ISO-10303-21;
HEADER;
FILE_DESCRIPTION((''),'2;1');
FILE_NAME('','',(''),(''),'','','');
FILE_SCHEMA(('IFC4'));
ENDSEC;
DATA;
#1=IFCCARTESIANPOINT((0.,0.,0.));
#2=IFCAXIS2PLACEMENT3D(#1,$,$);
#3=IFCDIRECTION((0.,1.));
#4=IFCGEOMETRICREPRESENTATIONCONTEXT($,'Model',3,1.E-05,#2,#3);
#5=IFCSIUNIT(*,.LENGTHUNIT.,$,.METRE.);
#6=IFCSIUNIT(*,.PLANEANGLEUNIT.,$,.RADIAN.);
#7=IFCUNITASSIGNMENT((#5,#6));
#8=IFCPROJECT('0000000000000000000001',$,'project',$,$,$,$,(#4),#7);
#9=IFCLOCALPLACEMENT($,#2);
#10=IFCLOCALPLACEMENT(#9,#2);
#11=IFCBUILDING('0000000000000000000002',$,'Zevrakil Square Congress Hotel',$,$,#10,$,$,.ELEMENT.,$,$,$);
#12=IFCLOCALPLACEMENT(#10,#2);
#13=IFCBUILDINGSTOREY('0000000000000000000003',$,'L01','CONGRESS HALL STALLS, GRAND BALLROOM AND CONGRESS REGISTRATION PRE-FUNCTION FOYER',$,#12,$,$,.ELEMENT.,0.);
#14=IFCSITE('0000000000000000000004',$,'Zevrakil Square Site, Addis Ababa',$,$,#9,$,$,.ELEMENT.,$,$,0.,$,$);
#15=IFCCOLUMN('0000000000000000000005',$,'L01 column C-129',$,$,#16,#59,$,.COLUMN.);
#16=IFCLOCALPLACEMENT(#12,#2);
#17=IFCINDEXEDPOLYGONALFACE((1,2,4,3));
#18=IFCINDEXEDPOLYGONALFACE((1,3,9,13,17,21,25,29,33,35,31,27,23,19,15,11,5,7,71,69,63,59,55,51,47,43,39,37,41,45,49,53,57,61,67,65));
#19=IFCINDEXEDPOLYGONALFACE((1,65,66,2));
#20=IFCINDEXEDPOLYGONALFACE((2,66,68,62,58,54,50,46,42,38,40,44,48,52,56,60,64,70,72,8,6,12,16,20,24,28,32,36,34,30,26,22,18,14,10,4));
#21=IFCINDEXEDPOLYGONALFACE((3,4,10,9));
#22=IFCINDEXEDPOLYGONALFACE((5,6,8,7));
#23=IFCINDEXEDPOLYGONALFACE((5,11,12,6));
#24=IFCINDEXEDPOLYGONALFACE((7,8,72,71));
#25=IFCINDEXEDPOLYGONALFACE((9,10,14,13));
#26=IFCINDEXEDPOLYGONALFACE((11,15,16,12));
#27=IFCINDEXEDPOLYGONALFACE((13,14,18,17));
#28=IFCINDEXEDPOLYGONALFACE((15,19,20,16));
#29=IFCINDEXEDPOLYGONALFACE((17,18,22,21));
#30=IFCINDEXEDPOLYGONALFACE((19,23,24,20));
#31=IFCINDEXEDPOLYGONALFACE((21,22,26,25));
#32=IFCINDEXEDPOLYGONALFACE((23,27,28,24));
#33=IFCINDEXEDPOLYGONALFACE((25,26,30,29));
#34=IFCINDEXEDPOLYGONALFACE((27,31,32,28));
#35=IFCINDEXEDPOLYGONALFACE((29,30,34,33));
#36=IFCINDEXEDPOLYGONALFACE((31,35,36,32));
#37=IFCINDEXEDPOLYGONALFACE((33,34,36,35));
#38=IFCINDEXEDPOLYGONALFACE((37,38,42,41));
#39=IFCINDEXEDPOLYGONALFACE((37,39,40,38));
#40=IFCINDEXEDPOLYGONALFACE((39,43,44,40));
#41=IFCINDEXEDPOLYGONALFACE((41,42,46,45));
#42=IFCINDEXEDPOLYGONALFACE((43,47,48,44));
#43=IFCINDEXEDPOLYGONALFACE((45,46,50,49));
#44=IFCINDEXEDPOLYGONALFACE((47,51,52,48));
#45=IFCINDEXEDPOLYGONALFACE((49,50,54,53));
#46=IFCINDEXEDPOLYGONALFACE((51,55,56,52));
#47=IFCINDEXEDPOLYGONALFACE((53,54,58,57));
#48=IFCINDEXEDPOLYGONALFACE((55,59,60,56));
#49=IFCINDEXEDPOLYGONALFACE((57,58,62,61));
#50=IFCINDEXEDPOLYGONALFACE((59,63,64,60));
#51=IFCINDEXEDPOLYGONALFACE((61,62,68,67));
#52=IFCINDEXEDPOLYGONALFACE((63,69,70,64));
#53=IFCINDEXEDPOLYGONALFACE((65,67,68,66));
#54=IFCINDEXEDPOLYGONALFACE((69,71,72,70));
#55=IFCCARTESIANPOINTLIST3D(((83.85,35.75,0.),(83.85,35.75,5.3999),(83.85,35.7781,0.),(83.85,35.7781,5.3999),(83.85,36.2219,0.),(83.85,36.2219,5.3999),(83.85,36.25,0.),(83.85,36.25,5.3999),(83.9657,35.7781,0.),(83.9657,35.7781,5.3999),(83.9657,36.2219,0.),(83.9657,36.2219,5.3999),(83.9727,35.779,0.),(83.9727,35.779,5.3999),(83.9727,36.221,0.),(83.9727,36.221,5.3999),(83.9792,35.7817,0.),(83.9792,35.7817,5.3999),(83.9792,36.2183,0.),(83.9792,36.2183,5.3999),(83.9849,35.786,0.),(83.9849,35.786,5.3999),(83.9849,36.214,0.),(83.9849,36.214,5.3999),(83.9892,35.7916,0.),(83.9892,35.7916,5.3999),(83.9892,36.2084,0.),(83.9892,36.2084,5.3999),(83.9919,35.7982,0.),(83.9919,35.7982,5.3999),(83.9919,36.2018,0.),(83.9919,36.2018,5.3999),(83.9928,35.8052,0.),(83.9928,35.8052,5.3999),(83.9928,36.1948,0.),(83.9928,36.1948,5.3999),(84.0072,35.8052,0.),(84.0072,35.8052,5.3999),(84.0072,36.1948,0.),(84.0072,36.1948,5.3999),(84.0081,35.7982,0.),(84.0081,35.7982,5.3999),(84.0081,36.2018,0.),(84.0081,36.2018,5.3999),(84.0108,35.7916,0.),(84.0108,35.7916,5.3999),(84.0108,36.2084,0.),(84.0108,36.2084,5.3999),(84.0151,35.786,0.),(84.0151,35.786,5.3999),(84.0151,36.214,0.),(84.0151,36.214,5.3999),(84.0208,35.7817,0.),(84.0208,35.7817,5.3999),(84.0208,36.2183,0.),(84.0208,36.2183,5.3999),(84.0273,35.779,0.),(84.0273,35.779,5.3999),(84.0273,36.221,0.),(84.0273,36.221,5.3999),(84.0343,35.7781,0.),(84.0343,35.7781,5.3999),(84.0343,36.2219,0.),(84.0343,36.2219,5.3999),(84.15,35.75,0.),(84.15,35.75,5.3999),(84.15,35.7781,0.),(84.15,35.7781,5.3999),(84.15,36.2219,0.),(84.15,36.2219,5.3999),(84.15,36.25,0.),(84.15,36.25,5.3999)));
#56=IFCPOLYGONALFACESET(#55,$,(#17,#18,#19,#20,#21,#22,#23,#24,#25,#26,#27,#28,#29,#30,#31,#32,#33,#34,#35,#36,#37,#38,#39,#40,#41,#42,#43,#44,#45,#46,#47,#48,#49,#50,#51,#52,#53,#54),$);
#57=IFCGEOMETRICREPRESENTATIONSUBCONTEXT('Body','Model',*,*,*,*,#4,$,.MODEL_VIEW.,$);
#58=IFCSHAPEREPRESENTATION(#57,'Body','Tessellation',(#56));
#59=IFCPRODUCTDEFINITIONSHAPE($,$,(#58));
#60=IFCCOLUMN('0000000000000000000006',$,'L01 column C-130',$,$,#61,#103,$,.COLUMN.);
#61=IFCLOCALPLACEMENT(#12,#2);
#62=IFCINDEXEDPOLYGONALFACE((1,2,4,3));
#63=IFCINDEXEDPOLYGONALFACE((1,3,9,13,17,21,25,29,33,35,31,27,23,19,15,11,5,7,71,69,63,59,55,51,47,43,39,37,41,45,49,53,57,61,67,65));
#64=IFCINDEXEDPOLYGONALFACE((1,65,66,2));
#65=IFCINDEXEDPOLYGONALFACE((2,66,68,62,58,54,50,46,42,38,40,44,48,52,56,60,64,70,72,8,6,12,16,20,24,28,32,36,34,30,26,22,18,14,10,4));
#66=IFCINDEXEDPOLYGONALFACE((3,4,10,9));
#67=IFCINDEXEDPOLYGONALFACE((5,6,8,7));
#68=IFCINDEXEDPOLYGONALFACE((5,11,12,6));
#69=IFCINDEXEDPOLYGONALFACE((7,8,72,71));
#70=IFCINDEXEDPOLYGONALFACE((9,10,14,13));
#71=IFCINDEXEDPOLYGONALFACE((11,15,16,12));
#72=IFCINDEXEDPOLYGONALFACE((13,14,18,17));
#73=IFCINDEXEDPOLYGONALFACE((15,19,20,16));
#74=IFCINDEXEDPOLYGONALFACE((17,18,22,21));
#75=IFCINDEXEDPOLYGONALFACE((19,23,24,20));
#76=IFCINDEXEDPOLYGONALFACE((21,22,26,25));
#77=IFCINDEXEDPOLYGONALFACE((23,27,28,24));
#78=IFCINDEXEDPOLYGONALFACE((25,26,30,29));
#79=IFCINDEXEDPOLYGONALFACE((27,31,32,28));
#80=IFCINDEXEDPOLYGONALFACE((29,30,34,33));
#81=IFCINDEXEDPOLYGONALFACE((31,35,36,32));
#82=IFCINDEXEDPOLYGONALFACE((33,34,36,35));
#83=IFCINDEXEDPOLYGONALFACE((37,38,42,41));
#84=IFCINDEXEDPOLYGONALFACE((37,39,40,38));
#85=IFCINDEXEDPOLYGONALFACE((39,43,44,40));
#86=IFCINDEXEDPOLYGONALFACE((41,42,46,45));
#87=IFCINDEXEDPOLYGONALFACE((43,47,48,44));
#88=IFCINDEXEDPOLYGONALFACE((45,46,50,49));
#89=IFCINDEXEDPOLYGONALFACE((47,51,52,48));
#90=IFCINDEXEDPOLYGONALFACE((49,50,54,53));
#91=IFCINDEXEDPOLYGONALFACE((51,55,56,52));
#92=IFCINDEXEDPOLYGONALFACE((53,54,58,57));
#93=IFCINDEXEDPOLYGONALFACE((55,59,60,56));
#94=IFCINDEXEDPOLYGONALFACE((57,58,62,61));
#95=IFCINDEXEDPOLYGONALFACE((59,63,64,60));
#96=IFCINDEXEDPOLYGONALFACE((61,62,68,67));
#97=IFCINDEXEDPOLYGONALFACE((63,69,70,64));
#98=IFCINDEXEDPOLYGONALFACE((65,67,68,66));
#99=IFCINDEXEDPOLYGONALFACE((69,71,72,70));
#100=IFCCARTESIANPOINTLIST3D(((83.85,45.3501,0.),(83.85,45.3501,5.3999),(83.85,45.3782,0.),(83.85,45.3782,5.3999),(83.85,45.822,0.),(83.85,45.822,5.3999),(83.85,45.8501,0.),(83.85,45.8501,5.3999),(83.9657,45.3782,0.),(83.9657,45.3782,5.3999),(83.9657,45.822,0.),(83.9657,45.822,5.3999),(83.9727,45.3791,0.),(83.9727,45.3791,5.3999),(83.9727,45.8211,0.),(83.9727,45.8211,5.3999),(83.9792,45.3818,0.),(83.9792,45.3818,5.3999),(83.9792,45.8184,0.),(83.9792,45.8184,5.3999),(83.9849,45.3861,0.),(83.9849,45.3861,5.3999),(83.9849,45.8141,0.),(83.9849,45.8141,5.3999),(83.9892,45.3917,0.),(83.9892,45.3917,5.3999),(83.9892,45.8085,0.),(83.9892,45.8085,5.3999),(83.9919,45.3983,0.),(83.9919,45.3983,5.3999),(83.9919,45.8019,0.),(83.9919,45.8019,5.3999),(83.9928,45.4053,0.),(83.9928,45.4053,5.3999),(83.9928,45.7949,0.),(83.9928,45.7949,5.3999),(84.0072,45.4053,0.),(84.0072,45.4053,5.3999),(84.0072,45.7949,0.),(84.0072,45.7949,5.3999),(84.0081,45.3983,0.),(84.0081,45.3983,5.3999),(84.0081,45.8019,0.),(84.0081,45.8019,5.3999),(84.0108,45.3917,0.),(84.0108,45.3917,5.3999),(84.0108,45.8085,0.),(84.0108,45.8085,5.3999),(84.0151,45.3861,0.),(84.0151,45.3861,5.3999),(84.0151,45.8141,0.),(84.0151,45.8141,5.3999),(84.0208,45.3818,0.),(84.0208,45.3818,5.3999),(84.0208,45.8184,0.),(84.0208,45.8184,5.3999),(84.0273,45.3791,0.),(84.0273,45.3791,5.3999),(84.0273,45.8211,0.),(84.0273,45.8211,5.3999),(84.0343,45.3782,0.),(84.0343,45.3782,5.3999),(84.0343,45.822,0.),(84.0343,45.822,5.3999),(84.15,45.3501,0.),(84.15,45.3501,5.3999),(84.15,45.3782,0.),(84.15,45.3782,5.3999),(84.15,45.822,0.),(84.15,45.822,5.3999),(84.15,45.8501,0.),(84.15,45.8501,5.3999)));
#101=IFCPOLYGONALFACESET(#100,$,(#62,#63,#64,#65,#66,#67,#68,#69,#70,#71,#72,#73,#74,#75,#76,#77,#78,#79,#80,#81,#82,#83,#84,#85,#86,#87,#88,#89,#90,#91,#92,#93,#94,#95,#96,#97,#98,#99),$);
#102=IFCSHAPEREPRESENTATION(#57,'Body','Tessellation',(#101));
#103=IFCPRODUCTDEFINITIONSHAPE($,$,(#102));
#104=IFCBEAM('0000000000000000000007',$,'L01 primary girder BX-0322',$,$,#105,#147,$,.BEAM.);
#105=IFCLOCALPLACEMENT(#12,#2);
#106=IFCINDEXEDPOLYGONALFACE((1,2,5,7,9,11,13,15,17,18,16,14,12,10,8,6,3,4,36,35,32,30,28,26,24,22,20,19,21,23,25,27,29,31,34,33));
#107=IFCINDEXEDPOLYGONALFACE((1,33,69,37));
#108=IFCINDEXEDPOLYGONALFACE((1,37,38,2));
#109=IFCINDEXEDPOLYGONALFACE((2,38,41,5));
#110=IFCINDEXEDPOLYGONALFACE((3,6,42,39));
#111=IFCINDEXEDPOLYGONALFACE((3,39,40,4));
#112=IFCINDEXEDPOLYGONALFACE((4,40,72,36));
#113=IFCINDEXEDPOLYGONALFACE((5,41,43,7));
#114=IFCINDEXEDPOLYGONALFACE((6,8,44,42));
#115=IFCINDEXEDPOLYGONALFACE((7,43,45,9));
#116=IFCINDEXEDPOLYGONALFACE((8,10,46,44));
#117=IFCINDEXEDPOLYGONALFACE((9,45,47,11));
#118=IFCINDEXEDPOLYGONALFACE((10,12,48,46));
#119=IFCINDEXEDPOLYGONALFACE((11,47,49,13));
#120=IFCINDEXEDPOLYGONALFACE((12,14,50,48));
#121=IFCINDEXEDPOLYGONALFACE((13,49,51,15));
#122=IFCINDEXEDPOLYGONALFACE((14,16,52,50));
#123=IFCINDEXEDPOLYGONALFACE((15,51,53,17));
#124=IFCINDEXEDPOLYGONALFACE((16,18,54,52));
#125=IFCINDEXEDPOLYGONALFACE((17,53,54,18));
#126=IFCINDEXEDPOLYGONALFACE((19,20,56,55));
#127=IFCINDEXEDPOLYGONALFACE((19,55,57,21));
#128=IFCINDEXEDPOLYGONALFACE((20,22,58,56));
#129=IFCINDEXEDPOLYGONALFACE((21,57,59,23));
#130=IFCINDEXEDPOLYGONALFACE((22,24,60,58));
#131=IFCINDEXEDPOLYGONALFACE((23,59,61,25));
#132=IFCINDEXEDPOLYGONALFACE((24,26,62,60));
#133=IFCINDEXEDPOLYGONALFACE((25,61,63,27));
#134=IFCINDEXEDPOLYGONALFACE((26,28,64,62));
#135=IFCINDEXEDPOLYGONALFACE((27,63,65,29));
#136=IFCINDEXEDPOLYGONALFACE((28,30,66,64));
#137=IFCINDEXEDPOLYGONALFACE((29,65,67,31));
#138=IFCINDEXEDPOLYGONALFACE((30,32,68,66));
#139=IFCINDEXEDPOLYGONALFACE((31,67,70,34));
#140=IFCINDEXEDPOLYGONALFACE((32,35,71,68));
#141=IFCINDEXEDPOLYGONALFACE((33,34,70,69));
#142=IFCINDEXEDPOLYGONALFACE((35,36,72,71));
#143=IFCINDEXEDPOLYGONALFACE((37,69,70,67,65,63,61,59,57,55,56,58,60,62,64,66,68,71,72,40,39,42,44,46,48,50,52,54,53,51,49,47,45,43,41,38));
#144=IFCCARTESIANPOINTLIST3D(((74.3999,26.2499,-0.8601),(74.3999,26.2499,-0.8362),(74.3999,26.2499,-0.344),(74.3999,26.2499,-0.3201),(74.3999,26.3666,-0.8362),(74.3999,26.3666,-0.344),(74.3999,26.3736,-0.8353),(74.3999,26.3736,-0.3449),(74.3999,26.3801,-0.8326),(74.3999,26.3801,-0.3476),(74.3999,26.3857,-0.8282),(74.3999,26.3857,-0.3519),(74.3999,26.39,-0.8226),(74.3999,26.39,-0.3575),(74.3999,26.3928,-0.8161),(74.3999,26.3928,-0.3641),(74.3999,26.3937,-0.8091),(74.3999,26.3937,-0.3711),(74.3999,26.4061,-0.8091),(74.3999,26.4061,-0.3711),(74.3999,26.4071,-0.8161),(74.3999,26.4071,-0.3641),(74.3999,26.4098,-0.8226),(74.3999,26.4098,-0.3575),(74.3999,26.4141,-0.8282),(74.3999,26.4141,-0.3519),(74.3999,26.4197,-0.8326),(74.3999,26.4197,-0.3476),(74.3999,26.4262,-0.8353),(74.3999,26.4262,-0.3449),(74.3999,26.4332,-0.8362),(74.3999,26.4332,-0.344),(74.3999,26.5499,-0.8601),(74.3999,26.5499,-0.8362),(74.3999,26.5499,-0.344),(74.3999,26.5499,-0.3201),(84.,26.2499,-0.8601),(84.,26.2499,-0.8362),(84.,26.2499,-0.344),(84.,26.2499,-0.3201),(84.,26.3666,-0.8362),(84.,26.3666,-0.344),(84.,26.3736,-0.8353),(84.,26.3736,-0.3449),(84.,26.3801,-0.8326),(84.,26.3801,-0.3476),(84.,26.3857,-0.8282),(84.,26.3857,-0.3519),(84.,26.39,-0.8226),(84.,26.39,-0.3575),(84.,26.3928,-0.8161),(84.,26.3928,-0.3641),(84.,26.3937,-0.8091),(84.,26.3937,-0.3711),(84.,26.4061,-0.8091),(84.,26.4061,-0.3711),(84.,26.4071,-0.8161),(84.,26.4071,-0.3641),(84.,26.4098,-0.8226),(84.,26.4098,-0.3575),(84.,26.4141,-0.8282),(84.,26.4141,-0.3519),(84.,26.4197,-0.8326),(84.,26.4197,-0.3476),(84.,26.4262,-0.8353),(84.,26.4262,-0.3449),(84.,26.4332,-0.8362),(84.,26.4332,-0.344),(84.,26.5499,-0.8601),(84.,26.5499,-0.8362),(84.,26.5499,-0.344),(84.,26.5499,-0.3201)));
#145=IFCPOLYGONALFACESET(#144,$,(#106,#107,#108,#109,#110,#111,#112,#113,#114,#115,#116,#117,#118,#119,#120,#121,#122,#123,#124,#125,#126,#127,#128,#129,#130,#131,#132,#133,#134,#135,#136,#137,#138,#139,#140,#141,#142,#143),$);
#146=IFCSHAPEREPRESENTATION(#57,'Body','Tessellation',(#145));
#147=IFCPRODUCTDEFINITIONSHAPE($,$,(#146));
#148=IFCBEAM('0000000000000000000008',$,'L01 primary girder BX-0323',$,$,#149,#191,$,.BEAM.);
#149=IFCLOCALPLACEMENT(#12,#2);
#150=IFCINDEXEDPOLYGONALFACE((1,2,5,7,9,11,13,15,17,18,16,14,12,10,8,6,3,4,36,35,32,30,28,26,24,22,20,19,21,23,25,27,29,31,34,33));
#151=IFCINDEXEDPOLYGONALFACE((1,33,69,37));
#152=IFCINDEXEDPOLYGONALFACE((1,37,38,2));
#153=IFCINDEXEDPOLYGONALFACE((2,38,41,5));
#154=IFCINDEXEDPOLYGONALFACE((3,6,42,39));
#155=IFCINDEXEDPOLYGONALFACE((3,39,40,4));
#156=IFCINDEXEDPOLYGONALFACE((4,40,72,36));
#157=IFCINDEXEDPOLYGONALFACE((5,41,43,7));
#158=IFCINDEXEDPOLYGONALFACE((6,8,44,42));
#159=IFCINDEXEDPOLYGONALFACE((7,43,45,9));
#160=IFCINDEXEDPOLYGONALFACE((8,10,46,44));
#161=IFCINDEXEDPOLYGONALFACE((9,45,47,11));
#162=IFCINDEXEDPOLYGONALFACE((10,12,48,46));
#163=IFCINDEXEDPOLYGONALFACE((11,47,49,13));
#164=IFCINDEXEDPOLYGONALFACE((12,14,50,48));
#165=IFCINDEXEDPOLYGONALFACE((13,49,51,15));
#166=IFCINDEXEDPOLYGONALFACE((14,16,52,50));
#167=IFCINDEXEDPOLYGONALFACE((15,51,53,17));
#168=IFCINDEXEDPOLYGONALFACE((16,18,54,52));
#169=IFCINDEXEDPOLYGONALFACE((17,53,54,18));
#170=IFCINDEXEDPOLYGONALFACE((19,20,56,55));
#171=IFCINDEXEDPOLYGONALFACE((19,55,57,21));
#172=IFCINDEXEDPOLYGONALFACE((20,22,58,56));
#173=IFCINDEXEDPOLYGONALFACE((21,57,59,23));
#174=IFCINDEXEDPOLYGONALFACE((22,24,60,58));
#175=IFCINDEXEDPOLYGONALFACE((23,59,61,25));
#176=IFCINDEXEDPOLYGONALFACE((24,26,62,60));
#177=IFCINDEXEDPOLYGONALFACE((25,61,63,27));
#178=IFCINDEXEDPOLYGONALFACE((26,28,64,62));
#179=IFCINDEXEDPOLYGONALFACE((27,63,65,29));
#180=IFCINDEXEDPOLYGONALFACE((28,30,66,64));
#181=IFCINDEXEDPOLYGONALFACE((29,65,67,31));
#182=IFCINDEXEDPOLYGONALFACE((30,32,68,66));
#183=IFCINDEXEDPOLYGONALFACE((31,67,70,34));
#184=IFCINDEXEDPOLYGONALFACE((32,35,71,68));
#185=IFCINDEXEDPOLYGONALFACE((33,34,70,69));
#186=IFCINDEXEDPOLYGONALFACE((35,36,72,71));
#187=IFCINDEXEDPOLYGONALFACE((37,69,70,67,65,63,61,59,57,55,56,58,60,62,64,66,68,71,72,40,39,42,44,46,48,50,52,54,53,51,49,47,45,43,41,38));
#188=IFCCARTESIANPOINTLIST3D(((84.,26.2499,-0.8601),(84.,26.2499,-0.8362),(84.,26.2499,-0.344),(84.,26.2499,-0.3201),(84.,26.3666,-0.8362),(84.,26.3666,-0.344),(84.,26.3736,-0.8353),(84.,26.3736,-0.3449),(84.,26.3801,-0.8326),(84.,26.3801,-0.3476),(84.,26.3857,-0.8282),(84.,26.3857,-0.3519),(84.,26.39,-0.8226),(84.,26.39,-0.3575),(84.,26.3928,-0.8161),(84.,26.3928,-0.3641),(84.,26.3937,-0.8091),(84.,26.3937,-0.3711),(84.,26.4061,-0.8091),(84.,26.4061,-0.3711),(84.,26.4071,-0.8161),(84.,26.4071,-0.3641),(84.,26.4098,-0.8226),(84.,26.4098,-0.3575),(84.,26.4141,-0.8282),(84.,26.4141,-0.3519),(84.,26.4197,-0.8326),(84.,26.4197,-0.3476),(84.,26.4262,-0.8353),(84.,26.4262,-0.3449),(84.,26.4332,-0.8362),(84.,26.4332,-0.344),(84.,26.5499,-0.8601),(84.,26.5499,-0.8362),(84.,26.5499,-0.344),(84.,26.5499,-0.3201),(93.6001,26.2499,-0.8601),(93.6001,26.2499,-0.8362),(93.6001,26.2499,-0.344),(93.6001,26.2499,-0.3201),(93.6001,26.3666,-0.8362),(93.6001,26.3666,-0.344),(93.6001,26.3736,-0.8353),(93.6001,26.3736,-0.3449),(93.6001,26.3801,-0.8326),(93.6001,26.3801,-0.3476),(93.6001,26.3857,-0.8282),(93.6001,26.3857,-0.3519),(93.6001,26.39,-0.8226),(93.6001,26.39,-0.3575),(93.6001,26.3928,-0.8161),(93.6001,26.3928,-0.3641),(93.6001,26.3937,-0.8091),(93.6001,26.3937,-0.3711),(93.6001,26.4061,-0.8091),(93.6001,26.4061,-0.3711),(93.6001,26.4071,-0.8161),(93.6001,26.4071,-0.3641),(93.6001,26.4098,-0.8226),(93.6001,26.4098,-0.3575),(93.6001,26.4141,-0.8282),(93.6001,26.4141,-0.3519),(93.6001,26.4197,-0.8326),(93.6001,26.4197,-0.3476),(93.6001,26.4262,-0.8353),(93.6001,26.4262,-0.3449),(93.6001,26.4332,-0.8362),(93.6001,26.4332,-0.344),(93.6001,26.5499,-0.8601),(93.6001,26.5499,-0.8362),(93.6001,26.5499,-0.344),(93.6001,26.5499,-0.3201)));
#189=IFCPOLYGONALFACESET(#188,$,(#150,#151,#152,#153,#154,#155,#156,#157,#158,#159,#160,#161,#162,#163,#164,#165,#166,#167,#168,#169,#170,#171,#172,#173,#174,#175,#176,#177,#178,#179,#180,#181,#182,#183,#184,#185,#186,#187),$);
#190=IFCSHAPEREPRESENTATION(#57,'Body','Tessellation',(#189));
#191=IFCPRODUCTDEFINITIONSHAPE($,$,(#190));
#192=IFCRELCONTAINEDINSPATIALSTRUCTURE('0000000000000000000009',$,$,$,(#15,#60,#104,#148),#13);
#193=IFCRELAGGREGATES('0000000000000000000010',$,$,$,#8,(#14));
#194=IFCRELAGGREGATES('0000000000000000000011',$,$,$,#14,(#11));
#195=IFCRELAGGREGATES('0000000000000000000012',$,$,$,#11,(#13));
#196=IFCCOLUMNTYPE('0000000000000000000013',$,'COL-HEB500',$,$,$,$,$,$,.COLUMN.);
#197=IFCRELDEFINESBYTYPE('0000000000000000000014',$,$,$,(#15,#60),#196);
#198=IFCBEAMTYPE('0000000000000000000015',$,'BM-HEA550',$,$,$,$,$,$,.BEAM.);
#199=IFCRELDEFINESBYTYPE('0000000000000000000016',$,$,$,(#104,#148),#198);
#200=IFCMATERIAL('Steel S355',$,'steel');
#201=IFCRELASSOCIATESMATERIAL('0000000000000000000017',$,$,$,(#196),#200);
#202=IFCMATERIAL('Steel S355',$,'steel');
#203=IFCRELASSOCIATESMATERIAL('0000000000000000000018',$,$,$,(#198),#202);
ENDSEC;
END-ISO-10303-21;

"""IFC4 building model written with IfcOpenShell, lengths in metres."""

from ifc_helpers import new_model, si_unit, direction, frame, origin, origin_2d, place, context, subcontext, project, spatial, i_section, extrude, material, material_profile, profile_set, type_object, element, save


model = new_model("IFC4")

# Units and contexts
model_context = context("Model", 3, precision=1e-05, world=origin(), true_north=direction((0.0, 1.0)))
body_context = subcontext(model_context, "Body", "Model", "MODEL_VIEW")
ifc_project = project(units=[si_unit("LENGTHUNIT", "METRE"), si_unit("PLANEANGLEUNIT", "RADIAN")], contexts=[model_context])

# Site, building, storey
site_placement = place(None, origin())
site = spatial("IfcSite", under=ifc_project, at=site_placement, Name="Zevrakil Square Site, Addis Ababa", CompositionType="ELEMENT", RefElevation=0.0)
building_placement = place(site_placement, origin())
building = spatial("IfcBuilding", under=site, at=building_placement, Name="Zevrakil Square Congress Hotel", CompositionType="ELEMENT")
storey_placement = place(building_placement, origin())
storey = spatial("IfcBuildingStorey", under=building, at=storey_placement, Name="L01", Description="CONGRESS HALL STALLS, GRAND BALLROOM AND CONGRESS REGISTRATION PRE-FUNCTION FOYER", CompositionType="ELEMENT", Elevation=0.0)

# Columns
ifc_material_1 = material(Name="Steel S355", Category="steel")
ifc_material_profile_1 = material_profile(ifc_material_1, i_section(OverallWidth=0.3, OverallDepth=0.5, WebThickness=0.0144, FlangeThickness=0.0281, FilletRadius=0.0271, at=origin_2d()), Name="HEB 500")
ifc_profile_set_1 = profile_set([ifc_material_profile_1], Name="Steel S355")
column_type = type_object("IfcColumnType", Name="COL-HEB500", PredefinedType="COLUMN", material=ifc_profile_set_1)
for number, where, z_axis, x_axis, name in (
    (1, (84.0, 36.0, 0.0), (0.0, 0.0, 1.0), (1.0, 0.0, 0.0), "L01 column C-129"),
    (2, (84.0, 45.6001, 0.0), (0.0, 0.0, 1.0), (1.0, 0.0, 0.0), "L01 column C-130"),
):
    element("IfcColumn", number, at=place(storey_placement, frame(where, z_axis=z_axis, x_axis=x_axis)), inside=storey, type_object=column_type, Name=name, PredefinedType="COLUMN", context=body_context, shape_type="SweptSolid", body=[
        extrude(i_section(OverallWidth=0.3, OverallDepth=0.5, WebThickness=0.0144, FlangeThickness=0.0281, FilletRadius=0.0271, at=origin_2d()), origin(), (0.0, 0.0, 1.0), 5.3999),
    ])

# Beams
ifc_material_2 = material(Name="Steel S355", Category="steel")
ifc_material_profile_2 = material_profile(ifc_material_2, i_section(OverallWidth=0.3, OverallDepth=0.54, WebThickness=0.0125, FlangeThickness=0.0239, FilletRadius=0.0271, at=origin_2d()), Name="HEA 550")
ifc_profile_set_2 = profile_set([ifc_material_profile_2], Name="Steel S355")
beam_type_1 = type_object("IfcBeamType", Name="BM-HEA550", PredefinedType="BEAM", material=ifc_profile_set_2)
for number, where, z_axis, x_axis, name in (
    (3, (74.3999, 26.3999, -0.5901), (1.0, 0.0, 0.0), (0.0, 1.0, 0.0), "L01 primary girder BX-0322"),
    (4, (84.0, 26.3999, -0.5901), (1.0, 0.0, 0.0), (0.0, 1.0, 0.0), "L01 primary girder BX-0323"),
):
    element("IfcBeam", number, at=place(storey_placement, frame(where, z_axis=z_axis, x_axis=x_axis)), inside=storey, type_object=beam_type_1, Name=name, PredefinedType="BEAM", context=body_context, shape_type="SweptSolid", body=[
        extrude(i_section(OverallWidth=0.3, OverallDepth=0.54, WebThickness=0.0125, FlangeThickness=0.0239, FilletRadius=0.0271, at=origin_2d()), origin(), (0.0, 0.0, 1.0), 9.6001),
    ])

save(model, "model.ifc")
